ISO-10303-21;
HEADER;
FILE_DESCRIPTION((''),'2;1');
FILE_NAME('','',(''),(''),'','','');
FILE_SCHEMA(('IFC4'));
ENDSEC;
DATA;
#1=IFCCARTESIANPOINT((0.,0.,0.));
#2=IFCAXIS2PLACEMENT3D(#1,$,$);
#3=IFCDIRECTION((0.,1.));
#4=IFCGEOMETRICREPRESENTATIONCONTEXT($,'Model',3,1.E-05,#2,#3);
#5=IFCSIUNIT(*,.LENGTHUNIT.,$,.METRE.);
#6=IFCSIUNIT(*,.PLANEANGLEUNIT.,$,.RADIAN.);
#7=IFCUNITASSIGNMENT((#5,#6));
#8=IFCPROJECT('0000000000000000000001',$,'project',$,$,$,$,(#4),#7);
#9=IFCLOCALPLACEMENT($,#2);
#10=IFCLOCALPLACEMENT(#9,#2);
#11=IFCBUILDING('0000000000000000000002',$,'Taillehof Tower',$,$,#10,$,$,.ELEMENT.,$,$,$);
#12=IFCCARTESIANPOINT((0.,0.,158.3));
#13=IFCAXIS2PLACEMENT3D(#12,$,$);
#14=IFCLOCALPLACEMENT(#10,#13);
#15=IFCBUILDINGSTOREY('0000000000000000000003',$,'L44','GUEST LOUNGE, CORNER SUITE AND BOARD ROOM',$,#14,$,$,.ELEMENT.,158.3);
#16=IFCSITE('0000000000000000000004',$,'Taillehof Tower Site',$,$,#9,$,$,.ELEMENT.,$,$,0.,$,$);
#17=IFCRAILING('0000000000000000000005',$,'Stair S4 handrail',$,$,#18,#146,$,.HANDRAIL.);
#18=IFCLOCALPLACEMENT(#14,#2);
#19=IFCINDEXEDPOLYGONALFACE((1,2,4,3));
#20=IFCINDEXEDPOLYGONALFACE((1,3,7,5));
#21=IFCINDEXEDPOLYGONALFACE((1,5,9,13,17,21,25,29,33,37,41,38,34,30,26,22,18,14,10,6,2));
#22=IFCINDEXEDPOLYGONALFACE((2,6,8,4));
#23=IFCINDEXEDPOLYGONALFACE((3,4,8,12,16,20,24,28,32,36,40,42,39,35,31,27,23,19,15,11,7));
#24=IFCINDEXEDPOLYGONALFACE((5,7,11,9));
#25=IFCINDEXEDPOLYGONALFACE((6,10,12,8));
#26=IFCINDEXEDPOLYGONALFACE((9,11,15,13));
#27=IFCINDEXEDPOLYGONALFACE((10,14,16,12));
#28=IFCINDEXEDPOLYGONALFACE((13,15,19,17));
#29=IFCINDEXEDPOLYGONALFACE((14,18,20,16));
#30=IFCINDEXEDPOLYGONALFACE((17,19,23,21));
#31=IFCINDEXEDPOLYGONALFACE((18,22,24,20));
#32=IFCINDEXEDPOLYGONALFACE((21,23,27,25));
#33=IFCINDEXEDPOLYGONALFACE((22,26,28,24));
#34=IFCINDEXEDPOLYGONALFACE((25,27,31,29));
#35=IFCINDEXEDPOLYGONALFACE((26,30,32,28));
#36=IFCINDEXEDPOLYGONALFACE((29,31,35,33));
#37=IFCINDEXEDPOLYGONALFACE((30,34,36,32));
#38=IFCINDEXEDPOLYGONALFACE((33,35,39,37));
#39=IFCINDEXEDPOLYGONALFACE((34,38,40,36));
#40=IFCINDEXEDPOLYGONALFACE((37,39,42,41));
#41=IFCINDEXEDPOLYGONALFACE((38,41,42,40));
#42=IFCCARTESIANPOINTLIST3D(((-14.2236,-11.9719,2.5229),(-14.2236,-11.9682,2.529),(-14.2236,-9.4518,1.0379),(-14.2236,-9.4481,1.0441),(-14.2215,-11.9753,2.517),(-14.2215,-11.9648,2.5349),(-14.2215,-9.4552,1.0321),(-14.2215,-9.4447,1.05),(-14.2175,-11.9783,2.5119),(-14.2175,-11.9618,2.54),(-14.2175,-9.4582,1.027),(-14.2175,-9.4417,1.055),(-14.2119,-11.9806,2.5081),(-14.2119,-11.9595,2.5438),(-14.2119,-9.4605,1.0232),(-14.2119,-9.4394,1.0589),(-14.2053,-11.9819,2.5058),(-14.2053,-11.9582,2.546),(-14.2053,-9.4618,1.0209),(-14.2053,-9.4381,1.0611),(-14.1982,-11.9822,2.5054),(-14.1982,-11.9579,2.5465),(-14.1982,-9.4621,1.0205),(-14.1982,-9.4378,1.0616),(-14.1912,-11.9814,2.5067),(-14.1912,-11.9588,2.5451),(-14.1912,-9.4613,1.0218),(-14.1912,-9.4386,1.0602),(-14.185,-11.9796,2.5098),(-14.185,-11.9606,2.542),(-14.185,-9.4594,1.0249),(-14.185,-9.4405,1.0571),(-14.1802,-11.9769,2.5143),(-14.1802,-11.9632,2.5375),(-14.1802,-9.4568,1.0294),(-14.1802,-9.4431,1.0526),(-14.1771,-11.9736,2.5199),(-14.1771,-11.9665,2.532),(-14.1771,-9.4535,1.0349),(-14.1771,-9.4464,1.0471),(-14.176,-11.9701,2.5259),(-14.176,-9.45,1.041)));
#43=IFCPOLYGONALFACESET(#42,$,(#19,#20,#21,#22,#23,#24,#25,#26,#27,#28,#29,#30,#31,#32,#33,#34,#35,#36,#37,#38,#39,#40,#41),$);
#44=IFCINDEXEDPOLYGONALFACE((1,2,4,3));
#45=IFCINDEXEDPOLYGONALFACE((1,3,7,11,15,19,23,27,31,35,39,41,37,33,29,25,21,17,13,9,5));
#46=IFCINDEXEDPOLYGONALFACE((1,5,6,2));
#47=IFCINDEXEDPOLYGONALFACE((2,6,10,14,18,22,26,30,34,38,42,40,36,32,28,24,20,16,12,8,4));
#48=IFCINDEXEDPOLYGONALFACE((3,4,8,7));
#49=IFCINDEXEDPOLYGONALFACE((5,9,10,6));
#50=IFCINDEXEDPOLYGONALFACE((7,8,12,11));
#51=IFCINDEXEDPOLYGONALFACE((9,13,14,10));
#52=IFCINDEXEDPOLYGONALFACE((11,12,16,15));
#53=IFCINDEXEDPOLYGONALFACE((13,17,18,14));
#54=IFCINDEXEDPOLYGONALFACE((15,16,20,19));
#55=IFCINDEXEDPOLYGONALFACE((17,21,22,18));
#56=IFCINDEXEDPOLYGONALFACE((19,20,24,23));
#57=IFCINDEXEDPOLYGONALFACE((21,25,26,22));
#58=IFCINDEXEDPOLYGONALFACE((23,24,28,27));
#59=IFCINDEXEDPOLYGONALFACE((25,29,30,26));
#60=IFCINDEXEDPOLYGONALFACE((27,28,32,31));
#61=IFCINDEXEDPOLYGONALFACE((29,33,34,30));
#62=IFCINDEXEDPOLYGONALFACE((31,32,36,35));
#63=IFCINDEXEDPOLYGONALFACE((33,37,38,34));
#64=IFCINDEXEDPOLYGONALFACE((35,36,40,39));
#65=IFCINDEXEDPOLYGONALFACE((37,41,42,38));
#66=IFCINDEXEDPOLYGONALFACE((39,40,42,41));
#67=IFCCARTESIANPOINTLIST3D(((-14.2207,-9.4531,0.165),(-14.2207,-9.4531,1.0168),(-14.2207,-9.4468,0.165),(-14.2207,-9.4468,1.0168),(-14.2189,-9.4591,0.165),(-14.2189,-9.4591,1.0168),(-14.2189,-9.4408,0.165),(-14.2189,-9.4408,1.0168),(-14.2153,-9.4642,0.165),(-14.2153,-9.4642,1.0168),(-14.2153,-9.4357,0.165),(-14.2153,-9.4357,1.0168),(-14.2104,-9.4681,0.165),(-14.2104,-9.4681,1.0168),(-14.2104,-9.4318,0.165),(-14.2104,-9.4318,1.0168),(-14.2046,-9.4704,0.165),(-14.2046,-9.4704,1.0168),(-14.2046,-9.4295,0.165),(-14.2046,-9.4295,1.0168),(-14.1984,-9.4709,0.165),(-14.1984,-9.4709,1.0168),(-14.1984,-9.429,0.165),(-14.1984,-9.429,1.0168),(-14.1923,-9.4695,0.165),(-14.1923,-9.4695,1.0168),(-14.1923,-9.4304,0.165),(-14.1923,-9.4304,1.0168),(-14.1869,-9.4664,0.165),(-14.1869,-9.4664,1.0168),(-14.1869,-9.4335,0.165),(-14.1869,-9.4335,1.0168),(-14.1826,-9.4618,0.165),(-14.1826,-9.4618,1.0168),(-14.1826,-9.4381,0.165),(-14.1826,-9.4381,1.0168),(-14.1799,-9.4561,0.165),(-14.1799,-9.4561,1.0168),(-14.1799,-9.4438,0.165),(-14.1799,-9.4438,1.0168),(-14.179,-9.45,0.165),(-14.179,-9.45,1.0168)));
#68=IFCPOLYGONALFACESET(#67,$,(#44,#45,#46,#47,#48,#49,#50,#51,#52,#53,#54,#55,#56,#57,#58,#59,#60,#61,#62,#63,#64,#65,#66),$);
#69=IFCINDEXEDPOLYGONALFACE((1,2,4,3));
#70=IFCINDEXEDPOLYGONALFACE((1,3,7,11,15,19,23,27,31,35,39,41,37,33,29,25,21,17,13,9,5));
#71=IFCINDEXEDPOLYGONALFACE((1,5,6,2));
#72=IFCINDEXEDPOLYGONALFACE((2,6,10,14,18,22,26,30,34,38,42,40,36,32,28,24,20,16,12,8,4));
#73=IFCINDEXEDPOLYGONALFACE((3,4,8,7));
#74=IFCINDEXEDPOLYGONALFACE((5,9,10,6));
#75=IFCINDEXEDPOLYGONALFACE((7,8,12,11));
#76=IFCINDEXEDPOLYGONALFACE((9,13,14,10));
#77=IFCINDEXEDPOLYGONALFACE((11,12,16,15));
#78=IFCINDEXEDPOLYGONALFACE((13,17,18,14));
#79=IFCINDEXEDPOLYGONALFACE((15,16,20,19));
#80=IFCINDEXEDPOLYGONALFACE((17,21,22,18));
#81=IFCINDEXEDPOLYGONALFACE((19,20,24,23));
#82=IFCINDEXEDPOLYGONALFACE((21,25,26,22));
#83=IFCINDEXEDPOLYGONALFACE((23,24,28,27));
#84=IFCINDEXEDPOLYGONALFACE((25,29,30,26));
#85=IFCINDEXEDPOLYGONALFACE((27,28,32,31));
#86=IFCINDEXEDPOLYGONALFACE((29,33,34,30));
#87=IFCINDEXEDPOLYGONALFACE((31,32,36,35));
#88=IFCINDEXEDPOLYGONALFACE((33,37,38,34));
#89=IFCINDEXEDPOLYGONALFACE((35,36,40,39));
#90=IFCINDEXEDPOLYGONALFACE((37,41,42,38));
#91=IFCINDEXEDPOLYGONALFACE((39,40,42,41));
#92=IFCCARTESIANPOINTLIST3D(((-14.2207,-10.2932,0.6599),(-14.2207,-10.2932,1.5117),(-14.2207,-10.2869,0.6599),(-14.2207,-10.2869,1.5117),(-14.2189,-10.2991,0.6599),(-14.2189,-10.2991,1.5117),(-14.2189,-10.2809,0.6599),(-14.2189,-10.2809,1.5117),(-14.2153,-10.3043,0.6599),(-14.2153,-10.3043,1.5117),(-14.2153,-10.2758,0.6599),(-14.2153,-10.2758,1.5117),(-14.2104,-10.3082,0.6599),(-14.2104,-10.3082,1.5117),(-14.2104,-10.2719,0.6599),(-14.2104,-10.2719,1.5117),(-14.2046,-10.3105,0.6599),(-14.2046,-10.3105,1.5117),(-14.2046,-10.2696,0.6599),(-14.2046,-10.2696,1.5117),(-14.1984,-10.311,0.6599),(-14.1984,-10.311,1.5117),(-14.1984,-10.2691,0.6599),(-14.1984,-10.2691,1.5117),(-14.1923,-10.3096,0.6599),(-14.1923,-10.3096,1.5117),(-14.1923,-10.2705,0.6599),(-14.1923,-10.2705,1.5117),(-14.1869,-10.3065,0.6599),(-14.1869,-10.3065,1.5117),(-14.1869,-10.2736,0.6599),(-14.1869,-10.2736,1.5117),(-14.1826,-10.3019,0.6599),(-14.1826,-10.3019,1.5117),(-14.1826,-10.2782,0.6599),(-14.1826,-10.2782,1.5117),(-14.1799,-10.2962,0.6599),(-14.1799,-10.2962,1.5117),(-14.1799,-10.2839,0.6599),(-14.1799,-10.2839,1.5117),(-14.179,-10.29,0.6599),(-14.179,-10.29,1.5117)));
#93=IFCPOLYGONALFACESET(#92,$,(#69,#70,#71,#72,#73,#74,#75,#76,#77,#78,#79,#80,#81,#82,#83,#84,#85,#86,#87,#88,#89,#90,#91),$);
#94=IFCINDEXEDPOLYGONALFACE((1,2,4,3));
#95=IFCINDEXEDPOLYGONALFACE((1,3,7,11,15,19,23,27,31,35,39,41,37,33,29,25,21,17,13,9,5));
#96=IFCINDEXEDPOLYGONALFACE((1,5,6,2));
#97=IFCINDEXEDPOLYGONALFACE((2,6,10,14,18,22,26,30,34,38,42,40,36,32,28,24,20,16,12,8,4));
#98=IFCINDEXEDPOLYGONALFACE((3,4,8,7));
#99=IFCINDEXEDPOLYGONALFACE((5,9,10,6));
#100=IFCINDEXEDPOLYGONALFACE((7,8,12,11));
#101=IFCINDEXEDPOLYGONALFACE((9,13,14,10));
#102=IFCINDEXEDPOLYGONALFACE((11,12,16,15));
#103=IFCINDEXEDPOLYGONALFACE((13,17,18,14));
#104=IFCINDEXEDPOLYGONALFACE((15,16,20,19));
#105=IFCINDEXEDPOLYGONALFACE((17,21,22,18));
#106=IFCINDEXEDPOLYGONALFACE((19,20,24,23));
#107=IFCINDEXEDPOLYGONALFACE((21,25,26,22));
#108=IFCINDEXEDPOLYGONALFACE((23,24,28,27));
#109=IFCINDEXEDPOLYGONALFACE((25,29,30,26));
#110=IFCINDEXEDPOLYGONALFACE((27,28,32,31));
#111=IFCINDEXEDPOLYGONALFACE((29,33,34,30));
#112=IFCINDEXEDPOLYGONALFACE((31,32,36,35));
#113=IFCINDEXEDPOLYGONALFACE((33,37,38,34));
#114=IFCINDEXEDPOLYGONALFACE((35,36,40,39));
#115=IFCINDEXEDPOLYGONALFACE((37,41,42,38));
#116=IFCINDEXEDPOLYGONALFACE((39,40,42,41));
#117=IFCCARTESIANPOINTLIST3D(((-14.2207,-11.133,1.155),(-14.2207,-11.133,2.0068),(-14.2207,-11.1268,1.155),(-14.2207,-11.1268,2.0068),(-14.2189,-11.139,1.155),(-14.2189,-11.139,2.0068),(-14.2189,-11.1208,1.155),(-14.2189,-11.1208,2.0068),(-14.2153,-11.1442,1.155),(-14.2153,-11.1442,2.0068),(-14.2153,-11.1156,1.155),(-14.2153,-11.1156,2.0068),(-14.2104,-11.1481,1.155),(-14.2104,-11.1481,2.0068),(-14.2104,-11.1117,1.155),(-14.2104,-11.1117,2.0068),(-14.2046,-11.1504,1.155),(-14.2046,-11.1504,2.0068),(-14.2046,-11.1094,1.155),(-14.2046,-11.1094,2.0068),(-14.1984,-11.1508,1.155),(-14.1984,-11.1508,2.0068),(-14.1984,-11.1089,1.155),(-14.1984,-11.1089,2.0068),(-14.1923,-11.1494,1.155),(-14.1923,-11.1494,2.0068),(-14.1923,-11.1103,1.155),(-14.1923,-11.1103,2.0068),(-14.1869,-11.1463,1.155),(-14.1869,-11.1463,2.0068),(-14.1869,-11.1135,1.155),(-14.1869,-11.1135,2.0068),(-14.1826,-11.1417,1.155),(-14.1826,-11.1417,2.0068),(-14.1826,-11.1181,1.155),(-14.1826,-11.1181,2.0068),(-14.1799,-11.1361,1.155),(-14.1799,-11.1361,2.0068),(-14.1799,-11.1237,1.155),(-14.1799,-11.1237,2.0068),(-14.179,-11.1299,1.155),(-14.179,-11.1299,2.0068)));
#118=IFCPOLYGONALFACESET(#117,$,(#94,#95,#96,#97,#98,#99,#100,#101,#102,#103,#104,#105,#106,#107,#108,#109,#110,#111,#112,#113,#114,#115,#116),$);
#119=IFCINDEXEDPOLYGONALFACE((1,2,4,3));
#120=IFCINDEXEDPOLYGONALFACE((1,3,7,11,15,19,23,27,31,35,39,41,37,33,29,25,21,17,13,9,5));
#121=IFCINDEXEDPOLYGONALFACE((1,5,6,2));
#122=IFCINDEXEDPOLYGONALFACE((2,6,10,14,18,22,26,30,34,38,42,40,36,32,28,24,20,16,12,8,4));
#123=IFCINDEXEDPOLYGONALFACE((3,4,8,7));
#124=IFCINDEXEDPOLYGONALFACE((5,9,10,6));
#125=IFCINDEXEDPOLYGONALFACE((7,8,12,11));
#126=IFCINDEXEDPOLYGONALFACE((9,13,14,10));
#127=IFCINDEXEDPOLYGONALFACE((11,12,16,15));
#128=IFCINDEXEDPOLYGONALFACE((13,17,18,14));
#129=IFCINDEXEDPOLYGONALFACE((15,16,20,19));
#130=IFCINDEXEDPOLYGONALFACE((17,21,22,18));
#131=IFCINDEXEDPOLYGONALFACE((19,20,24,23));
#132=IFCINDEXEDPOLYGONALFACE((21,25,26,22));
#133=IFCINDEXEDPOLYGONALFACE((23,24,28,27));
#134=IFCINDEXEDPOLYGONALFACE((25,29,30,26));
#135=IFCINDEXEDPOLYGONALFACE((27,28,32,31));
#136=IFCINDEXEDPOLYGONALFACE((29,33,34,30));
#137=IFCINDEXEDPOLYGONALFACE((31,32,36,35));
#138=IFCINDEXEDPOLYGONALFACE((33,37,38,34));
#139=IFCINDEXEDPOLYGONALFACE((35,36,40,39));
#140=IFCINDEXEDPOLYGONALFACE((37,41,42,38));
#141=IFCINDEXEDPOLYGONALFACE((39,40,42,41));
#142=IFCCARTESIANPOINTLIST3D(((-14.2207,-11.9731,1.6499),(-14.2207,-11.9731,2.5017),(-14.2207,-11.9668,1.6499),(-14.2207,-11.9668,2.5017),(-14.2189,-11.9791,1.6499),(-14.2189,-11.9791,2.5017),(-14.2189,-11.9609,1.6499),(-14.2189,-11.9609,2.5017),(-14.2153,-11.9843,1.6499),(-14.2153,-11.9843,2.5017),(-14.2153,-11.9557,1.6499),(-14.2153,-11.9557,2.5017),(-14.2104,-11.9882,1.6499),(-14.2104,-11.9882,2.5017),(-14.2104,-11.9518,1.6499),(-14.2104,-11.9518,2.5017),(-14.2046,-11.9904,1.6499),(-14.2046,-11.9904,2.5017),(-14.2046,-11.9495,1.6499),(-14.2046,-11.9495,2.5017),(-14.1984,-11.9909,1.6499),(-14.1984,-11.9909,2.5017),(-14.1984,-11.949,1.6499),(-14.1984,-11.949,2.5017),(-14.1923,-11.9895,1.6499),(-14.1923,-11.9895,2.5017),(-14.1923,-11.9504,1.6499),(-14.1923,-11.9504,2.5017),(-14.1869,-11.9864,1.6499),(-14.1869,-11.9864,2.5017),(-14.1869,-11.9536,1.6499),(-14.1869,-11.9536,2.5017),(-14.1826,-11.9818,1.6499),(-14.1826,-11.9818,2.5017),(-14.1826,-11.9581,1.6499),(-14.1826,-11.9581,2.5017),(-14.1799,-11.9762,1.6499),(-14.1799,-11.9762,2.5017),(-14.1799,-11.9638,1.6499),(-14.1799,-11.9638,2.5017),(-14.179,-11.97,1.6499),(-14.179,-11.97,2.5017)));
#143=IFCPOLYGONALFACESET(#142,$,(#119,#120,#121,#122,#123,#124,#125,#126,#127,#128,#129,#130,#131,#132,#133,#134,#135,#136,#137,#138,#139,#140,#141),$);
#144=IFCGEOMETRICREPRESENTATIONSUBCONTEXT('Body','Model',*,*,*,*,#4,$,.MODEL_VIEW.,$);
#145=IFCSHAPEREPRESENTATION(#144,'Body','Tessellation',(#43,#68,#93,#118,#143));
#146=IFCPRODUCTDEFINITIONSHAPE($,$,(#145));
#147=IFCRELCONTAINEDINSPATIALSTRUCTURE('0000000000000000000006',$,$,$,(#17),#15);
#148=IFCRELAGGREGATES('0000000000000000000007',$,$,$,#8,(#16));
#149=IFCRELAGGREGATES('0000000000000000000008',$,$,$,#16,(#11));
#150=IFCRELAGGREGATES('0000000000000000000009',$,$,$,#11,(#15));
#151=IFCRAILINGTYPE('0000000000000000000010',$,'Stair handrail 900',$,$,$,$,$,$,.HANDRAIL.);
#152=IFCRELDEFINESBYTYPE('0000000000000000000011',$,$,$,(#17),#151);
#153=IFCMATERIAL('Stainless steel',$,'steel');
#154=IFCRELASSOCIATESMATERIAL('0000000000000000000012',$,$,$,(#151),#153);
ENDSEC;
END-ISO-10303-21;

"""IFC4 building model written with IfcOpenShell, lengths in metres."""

from ifc_helpers import new_model, si_unit, direction, frame, origin, origin_2d, place, context, subcontext, project, spatial, circle, extrude, material, type_object, element, save


model = new_model("IFC4")

# Units and contexts
model_context = context("Model", 3, precision=1e-05, world=origin(), true_north=direction((0.0, 1.0)))
body_context = subcontext(model_context, "Body", "Model", "MODEL_VIEW")
ifc_project = project(units=[si_unit("LENGTHUNIT", "METRE"), si_unit("PLANEANGLEUNIT", "RADIAN")], contexts=[model_context])

# Site, building, storey
site_placement = place(None, origin())
site = spatial("IfcSite", under=ifc_project, at=site_placement, Name="Taillehof Tower Site", CompositionType="ELEMENT", RefElevation=0.0)
building_placement = place(site_placement, origin())
building = spatial("IfcBuilding", under=site, at=building_placement, Name="Taillehof Tower", CompositionType="ELEMENT")
storey_placement = place(building_placement, frame((0.0, 0.0, 158.3)))
storey = spatial("IfcBuildingStorey", under=building, at=storey_placement, Name="L44", Description="GUEST LOUNGE, CORNER SUITE AND BOARD ROOM", CompositionType="ELEMENT", Elevation=158.3)

# Railing
ifc_material_1 = material(Name="Stainless steel", Category="steel")
railing_type = type_object("IfcRailingType", Name="Stair handrail 900", PredefinedType="HANDRAIL", material=ifc_material_1)
railing_placement = place(storey_placement, frame((-14.2, -9.45, 0.165)))
element("IfcRailing", 1, at=railing_placement, inside=storey, type_object=railing_type, Name="Stair S4 handrail", PredefinedType="HANDRAIL", context=body_context, shape_type="SweptSolid", body=[
    extrude(circle(Radius=0.0239, at=origin_2d()), frame((0.0, 0.0, 0.876), z_axis=(0.0, -0.861561, 0.507655), x_axis=(1.0, 0.0, 0.0)), (0.0, 0.0, 1.0), 2.925),
    extrude(circle(Radius=0.021, at=origin_2d()), origin(), (0.0, 0.0, 1.0), 0.8518),
    extrude(circle(Radius=0.021, at=origin_2d()), frame((0.0, -0.8401, 0.4949)), (0.0, 0.0, 1.0), 0.8518),
    extrude(circle(Radius=0.021, at=origin_2d()), frame((0.0, -1.6799, 0.99)), (0.0, 0.0, 1.0), 0.8518),
    extrude(circle(Radius=0.021, at=origin_2d()), frame((0.0, -2.52, 1.4849)), (0.0, 0.0, 1.0), 0.8518),
])

save(model, "model.ifc")
